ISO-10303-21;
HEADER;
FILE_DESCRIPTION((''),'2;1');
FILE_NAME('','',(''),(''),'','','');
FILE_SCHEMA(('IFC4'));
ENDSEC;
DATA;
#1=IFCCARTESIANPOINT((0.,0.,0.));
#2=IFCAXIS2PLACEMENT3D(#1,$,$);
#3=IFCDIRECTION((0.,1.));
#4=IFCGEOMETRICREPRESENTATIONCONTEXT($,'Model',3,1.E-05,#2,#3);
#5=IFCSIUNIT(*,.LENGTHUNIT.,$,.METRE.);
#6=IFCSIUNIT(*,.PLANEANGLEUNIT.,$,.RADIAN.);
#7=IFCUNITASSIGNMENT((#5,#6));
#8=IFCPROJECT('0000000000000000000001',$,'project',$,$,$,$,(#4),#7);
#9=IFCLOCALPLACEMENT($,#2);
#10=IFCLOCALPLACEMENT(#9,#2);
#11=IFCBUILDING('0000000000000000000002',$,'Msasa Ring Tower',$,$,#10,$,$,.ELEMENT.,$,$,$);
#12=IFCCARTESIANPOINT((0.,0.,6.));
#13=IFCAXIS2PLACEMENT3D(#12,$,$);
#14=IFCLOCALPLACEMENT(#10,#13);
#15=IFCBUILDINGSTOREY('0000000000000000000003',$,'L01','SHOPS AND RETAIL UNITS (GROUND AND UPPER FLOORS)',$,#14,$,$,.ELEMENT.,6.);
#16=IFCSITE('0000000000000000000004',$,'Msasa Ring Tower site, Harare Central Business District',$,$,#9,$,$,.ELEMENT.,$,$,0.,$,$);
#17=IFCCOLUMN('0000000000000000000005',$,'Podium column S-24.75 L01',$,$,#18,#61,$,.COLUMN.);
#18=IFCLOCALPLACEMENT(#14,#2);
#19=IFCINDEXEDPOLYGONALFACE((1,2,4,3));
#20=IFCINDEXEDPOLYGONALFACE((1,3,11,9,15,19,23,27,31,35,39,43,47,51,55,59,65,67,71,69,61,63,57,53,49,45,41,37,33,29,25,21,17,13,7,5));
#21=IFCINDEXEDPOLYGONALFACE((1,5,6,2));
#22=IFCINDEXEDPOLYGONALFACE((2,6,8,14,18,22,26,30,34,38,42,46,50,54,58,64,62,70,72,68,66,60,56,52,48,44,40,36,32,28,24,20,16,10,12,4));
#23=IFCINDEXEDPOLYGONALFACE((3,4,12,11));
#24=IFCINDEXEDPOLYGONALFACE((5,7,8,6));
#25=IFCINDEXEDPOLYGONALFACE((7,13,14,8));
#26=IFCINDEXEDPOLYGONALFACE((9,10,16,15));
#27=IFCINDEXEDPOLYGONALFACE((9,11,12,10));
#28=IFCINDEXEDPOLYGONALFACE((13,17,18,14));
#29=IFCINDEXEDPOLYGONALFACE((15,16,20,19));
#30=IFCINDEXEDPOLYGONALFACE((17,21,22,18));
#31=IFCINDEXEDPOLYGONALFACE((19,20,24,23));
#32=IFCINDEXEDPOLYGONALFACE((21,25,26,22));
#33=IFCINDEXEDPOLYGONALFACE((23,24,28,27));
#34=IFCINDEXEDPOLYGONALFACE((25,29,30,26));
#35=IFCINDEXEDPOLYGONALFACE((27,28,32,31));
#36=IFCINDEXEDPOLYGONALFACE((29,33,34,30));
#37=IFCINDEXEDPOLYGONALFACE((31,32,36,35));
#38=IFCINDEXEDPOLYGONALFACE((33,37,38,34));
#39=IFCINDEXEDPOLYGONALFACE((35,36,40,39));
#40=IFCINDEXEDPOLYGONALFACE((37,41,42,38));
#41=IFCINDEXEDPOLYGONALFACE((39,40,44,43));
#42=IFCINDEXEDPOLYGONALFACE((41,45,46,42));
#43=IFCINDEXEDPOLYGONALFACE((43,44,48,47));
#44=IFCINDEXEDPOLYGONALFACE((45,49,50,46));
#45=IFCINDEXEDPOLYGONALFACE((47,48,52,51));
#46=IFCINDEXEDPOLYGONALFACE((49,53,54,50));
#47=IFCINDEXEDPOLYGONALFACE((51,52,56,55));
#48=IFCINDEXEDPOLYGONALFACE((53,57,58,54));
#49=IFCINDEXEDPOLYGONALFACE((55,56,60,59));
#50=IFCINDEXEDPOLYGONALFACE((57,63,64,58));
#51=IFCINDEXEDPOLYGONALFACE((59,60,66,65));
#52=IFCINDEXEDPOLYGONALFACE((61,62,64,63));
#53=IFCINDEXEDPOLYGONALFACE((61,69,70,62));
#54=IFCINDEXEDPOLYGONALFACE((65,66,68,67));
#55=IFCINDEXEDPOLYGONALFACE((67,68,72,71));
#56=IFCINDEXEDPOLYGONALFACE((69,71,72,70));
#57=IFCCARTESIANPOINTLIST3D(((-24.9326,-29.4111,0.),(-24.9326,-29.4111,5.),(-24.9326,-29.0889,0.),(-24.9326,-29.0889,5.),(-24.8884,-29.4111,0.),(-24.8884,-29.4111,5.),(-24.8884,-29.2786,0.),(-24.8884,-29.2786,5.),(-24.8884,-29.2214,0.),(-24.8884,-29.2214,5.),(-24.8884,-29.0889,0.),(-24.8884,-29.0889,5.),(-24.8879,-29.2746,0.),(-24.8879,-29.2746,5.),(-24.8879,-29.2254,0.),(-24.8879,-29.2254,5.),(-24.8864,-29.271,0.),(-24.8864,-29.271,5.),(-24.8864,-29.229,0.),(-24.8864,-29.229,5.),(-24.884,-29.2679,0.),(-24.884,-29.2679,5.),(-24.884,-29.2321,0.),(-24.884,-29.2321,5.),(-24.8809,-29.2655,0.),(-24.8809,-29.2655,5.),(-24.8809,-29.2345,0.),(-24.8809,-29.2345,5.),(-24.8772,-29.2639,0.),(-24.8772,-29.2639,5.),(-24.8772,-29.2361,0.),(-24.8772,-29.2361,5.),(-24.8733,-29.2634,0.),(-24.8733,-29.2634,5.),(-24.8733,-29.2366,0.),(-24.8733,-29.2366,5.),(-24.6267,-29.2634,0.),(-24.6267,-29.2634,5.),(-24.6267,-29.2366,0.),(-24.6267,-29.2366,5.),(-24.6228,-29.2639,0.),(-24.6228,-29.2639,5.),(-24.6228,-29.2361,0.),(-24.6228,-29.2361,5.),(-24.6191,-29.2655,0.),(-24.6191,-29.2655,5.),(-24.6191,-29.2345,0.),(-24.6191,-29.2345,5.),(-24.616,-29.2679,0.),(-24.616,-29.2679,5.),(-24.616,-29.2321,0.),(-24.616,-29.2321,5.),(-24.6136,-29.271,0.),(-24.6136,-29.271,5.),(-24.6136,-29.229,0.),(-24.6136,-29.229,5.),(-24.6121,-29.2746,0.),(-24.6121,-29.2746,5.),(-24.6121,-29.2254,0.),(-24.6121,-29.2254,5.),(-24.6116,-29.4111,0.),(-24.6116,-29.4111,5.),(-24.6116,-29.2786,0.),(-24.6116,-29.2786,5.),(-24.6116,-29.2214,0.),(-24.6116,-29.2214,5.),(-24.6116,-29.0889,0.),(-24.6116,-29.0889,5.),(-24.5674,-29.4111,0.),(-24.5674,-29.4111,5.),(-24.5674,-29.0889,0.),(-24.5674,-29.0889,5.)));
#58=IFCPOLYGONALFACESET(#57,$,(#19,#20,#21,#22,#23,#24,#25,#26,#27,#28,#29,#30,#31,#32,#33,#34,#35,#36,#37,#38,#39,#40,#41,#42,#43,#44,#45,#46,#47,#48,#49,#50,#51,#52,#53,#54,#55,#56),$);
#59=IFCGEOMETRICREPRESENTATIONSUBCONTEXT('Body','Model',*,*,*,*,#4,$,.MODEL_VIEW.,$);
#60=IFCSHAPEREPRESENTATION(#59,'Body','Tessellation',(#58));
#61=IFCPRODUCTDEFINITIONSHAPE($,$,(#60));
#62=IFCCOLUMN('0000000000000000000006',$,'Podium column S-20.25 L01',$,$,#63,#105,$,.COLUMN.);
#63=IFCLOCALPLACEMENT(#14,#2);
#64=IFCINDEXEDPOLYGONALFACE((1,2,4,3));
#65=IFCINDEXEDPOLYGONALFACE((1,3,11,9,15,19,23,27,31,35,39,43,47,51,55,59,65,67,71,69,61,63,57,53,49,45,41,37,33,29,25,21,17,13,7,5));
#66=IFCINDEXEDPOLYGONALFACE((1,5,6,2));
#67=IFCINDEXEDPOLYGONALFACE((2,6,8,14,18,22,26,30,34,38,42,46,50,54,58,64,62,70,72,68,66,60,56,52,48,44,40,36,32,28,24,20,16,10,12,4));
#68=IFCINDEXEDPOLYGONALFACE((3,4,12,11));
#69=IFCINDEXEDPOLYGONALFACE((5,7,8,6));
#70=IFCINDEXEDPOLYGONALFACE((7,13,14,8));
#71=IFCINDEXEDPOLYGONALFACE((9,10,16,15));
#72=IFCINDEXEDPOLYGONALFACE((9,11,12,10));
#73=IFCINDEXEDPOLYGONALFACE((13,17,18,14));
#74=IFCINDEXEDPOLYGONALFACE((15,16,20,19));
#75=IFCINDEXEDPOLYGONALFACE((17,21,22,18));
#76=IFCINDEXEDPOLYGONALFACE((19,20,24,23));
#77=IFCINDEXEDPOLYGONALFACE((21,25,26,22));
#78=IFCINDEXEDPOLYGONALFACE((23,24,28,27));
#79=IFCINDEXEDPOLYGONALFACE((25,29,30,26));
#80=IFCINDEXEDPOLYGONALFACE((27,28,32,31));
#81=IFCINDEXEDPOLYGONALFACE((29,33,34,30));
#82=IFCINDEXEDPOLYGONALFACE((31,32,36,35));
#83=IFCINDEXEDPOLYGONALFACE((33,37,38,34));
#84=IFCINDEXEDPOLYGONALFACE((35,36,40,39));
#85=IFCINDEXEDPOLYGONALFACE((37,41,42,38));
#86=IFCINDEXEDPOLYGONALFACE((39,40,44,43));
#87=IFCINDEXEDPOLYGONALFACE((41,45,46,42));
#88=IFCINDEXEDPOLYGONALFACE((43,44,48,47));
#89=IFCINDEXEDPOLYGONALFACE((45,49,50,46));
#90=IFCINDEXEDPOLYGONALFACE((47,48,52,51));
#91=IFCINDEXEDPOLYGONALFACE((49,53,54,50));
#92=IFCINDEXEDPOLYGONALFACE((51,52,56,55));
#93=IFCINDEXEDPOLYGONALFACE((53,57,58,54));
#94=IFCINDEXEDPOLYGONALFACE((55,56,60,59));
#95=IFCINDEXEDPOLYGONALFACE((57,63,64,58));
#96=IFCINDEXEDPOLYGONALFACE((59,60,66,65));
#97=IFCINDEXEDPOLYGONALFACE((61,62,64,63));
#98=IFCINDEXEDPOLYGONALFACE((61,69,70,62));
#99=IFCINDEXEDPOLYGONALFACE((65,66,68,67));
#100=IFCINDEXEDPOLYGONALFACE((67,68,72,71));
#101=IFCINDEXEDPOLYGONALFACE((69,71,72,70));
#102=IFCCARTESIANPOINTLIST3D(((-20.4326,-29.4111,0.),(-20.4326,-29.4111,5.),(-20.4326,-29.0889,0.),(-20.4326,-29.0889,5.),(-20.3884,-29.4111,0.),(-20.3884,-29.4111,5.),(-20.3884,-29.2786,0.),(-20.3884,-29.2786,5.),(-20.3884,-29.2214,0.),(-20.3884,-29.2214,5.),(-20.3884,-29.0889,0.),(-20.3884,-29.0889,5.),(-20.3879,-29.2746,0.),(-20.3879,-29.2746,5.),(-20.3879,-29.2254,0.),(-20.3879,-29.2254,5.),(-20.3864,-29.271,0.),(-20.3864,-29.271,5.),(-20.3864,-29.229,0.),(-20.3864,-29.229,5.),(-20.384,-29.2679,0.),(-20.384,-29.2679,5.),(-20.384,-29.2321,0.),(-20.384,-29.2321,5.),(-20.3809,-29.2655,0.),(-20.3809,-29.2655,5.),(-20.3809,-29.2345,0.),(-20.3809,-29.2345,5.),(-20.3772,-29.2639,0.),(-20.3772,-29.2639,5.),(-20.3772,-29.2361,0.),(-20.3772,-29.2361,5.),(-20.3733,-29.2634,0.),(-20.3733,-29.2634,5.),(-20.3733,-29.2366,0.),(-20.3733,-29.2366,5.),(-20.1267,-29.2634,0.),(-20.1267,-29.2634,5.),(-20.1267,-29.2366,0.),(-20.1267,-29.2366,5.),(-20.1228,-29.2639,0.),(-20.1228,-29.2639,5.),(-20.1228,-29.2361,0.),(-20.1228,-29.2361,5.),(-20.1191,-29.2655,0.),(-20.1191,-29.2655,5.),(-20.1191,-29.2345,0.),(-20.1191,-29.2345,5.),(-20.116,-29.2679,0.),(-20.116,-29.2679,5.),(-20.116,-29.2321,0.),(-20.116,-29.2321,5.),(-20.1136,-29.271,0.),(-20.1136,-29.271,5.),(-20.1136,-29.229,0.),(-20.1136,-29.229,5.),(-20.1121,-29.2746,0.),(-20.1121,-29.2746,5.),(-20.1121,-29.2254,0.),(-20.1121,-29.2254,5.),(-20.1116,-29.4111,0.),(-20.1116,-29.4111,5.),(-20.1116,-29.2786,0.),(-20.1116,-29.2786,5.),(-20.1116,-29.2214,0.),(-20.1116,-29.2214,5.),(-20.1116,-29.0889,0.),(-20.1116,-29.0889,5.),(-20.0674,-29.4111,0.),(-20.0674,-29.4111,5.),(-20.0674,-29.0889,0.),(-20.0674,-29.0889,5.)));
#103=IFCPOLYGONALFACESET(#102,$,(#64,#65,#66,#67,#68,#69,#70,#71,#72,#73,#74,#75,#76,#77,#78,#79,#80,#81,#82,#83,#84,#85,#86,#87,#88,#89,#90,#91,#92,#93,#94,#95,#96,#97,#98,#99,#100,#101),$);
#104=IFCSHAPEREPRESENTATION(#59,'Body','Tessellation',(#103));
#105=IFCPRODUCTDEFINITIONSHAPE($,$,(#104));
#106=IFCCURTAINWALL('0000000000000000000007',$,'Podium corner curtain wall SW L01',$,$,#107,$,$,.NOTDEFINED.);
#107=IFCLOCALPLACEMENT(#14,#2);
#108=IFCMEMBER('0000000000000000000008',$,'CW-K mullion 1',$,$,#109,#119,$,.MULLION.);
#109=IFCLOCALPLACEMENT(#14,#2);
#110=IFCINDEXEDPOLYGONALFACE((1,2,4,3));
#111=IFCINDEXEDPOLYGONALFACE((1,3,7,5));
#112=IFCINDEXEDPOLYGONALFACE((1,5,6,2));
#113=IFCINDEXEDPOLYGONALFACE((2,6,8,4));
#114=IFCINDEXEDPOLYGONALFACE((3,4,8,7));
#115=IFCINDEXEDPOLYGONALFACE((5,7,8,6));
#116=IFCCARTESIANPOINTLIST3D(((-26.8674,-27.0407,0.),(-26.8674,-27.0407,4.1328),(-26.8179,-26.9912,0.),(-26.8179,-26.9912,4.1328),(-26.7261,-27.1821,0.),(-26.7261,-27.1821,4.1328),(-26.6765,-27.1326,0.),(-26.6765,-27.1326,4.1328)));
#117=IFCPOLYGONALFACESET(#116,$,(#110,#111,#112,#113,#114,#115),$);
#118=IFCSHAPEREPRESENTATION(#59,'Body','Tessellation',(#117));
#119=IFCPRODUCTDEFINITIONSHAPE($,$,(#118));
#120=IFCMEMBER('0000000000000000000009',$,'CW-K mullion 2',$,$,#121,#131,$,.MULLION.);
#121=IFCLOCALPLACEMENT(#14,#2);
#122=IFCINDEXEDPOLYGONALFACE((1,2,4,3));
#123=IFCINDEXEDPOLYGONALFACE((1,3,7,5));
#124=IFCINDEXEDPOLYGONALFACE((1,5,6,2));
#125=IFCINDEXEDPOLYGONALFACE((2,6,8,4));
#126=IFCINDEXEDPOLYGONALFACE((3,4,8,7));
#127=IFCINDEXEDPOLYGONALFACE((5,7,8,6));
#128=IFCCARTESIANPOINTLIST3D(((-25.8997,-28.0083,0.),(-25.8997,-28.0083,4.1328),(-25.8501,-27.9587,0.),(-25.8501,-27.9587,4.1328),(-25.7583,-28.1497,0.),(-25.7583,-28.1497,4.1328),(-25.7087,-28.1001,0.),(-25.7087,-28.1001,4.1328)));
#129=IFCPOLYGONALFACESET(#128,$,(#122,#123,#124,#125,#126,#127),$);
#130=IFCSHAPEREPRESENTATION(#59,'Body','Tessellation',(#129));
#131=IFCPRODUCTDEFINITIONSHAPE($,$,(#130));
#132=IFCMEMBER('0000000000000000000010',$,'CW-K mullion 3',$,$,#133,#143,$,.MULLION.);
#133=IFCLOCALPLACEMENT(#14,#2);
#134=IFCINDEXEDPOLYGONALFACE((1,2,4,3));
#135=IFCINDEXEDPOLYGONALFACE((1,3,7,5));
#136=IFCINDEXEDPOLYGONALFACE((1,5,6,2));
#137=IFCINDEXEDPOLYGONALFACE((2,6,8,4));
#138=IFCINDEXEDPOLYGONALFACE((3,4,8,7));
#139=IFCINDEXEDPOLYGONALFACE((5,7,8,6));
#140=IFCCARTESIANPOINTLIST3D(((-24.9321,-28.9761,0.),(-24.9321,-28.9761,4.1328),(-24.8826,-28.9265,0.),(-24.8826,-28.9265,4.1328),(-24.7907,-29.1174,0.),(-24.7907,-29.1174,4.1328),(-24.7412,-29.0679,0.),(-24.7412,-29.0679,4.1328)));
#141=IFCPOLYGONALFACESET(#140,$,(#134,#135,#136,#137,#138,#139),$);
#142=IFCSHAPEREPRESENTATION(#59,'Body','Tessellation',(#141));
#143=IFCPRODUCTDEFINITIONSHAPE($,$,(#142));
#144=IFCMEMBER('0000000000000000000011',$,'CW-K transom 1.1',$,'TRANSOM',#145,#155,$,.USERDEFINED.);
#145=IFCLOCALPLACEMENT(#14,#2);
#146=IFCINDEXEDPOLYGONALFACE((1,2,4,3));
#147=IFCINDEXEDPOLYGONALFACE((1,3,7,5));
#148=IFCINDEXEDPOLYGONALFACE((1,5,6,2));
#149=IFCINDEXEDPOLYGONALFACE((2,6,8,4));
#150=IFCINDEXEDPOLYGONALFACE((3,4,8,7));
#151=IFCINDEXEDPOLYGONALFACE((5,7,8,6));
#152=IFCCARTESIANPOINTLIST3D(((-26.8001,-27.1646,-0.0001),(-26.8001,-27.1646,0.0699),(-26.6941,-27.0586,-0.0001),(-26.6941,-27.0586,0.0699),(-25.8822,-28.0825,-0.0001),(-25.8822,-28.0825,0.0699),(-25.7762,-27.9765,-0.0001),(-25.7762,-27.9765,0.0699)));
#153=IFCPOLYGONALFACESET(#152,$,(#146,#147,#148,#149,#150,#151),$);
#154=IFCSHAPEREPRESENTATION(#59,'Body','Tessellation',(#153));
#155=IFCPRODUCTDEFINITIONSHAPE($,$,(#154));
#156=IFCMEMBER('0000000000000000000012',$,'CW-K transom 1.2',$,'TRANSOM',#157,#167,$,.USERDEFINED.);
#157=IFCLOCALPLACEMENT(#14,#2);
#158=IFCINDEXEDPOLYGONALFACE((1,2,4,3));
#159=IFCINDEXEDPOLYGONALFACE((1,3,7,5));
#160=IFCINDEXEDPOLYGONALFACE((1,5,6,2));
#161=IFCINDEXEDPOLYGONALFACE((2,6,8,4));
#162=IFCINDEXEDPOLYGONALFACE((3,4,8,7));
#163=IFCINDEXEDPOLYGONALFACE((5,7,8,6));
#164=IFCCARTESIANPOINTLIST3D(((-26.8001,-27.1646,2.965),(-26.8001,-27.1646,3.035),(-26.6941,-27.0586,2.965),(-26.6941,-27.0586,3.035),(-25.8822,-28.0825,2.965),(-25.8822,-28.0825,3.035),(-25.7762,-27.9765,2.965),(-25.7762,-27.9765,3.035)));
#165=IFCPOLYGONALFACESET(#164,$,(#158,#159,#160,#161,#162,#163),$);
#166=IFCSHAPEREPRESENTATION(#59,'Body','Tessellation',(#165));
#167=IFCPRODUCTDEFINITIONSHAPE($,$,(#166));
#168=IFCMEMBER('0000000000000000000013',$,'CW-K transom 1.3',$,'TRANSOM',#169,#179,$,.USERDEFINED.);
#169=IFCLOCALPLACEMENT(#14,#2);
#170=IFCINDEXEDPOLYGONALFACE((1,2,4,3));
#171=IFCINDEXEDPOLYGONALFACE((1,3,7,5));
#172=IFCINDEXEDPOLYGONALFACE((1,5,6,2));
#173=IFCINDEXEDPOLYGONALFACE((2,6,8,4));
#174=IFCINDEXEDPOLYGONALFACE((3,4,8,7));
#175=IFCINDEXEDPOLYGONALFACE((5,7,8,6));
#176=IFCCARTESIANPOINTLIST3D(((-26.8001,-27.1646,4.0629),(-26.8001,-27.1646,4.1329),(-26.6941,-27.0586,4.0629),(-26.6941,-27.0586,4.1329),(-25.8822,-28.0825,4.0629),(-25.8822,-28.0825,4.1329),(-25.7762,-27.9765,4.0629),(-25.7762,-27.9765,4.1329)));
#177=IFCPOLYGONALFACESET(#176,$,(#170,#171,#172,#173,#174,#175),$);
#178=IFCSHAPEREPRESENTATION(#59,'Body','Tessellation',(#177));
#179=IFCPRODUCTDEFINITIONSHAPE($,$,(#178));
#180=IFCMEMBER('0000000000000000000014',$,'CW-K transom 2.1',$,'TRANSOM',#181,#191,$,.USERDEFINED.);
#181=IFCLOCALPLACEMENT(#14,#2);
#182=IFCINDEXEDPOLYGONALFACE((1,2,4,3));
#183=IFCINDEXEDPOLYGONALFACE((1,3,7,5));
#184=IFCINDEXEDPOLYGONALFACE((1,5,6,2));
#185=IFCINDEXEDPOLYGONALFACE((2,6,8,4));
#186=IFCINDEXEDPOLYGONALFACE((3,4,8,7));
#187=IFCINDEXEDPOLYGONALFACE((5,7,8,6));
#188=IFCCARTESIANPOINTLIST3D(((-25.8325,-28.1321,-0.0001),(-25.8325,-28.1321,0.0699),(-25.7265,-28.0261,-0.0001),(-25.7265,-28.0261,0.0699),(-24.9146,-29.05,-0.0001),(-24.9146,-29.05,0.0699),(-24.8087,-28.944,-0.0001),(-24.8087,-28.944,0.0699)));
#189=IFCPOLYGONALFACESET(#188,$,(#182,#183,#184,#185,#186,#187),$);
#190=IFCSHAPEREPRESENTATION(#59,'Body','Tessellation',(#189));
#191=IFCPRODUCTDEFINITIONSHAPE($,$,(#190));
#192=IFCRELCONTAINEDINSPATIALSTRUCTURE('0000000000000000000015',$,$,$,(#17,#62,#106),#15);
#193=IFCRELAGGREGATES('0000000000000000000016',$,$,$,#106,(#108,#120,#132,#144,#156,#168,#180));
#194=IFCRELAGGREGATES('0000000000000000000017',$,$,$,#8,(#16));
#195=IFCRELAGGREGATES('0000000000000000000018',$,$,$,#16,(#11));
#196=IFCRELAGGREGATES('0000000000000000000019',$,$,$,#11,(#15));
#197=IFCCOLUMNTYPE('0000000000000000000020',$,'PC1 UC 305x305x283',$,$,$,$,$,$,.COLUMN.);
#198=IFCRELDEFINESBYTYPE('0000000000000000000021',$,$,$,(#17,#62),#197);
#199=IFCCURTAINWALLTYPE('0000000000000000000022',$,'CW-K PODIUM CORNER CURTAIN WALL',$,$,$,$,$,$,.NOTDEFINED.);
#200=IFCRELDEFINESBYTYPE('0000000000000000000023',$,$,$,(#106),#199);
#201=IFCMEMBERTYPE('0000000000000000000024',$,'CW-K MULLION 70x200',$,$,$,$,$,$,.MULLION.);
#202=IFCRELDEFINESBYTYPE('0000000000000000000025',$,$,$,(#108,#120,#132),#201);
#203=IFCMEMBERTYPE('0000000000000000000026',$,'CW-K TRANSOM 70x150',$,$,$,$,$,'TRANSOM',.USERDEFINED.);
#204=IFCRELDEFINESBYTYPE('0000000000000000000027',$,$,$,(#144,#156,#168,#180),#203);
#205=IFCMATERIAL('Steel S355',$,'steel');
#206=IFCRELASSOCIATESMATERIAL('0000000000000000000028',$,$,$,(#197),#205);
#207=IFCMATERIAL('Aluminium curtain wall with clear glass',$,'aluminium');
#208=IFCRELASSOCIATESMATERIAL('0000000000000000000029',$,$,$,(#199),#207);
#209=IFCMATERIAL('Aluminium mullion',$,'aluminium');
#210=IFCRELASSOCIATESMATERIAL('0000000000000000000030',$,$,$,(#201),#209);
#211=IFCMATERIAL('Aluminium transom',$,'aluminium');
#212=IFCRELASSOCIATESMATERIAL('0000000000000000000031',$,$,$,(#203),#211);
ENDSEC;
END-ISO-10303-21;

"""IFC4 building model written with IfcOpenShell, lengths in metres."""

from ifc_helpers import new_model, si_unit, direction, frame, origin, origin_2d, place, context, subcontext, project, spatial, rectangle, i_section, extrude, material, material_profile, profile_set, type_object, element, aggregate, save


model = new_model("IFC4")

# Units and contexts
model_context = context("Model", 3, precision=1e-05, world=origin(), true_north=direction((0.0, 1.0)))
body_context = subcontext(model_context, "Body", "Model", "MODEL_VIEW")
ifc_project = project(units=[si_unit("LENGTHUNIT", "METRE"), si_unit("PLANEANGLEUNIT", "RADIAN")], contexts=[model_context])

# Site, building, storey
site_placement = place(None, origin())
site = spatial("IfcSite", under=ifc_project, at=site_placement, Name="Msasa Ring Tower site, Harare Central Business District", CompositionType="ELEMENT", RefElevation=0.0)
building_placement = place(site_placement, origin())
building = spatial("IfcBuilding", under=site, at=building_placement, Name="Msasa Ring Tower", CompositionType="ELEMENT")
storey_placement = place(building_placement, frame((0.0, 0.0, 6.0)))
storey = spatial("IfcBuildingStorey", under=building, at=storey_placement, Name="L01", Description="SHOPS AND RETAIL UNITS (GROUND AND UPPER FLOORS)", CompositionType="ELEMENT", Elevation=6.0)

# Columns
ifc_material_1 = material(Name="Steel S355", Category="steel")
ifc_material_profile_1 = material_profile(ifc_material_1, i_section(OverallWidth=0.3223, OverallDepth=0.3652, WebThickness=0.0269, FlangeThickness=0.0442, FilletRadius=0.0151, at=origin_2d()), Name="UC 305x305x283")
ifc_profile_set_1 = profile_set([ifc_material_profile_1], Name="Steel S355")
column_type = type_object("IfcColumnType", Name="PC1 UC 305x305x283", PredefinedType="COLUMN", material=ifc_profile_set_1)
for number, where, z_axis, x_axis, name in (
    (1, (-24.75, -29.25, 0.0), (0.0, 0.0, 1.0), (0.0, 1.0, 0.0), "Podium column S-24.75 L01"),
    (2, (-20.25, -29.25, 0.0), (0.0, 0.0, 1.0), (0.0, 1.0, 0.0), "Podium column S-20.25 L01"),
):
    element("IfcColumn", number, at=place(storey_placement, frame(where, z_axis=z_axis, x_axis=x_axis)), inside=storey, type_object=column_type, Name=name, PredefinedType="COLUMN", context=body_context, shape_type="SweptSolid", body=[
        extrude(i_section(OverallWidth=0.3223, OverallDepth=0.3652, WebThickness=0.0269, FlangeThickness=0.0442, FilletRadius=0.0151, at=origin_2d()), origin(), (0.0, 0.0, 1.0), 5.0),
    ])

# Curtain wall, members
ifc_material_2 = material(Name="Aluminium curtain wall with clear glass", Category="aluminium")
curtain_wall_type = type_object("IfcCurtainWallType", Name="CW-K PODIUM CORNER CURTAIN WALL", PredefinedType="NOTDEFINED", material=ifc_material_2)
curtain_wall_placement = place(storey_placement, origin())
curtain_wall = element("IfcCurtainWall", 3, at=curtain_wall_placement, inside=storey, type_object=curtain_wall_type, Name="Podium corner curtain wall SW L01", PredefinedType="NOTDEFINED")
ifc_material_3 = material(Name="Aluminium mullion", Category="aluminium")
ifc_material_profile_2 = material_profile(ifc_material_3, rectangle(XDim=0.0701, YDim=0.2, at=origin_2d()), Name="AL 70x200")
ifc_profile_set_2 = profile_set([ifc_material_profile_2], Name="Aluminium mullion")
member_type_1 = type_object("IfcMemberType", Name="CW-K MULLION 70x200", PredefinedType="MULLION", material=ifc_profile_set_2)
member_1_placement = place(storey_placement, frame((-26.772, -27.0867, 0.0), z_axis=(0.0, 0.0, 1.0), x_axis=(0.707107, 0.707107, 0.0)))
member_1 = element("IfcMember", 4, at=member_1_placement, type_object=member_type_1, Name="CW-K mullion 1", PredefinedType="MULLION", context=body_context, shape_type="SweptSolid", body=[
    extrude(rectangle(XDim=0.0701, YDim=0.2, at=origin_2d()), origin(), (0.0, 0.0, 1.0), 4.1328),
])
member_2_placement = place(storey_placement, frame((-25.8042, -28.0542, 0.0), z_axis=(0.0, 0.0, 1.0), x_axis=(0.707107, 0.707107, 0.0)))
member_2 = element("IfcMember", 5, at=member_2_placement, type_object=member_type_1, Name="CW-K mullion 2", PredefinedType="MULLION", context=body_context, shape_type="SweptSolid", body=[
    extrude(rectangle(XDim=0.0701, YDim=0.2, at=origin_2d()), origin(), (0.0, 0.0, 1.0), 4.1328),
])
member_3_placement = place(storey_placement, frame((-24.8367, -29.022, 0.0), z_axis=(0.0, 0.0, 1.0), x_axis=(0.707107, 0.707107, 0.0)))
member_3 = element("IfcMember", 6, at=member_3_placement, type_object=member_type_1, Name="CW-K mullion 3", PredefinedType="MULLION", context=body_context, shape_type="SweptSolid", body=[
    extrude(rectangle(XDim=0.0701, YDim=0.2, at=origin_2d()), origin(), (0.0, 0.0, 1.0), 4.1328),
])
ifc_material_4 = material(Name="Aluminium transom", Category="aluminium")
ifc_material_profile_3 = material_profile(ifc_material_4, rectangle(XDim=0.1499, YDim=0.0701, at=origin_2d()), Name="AL 70x150")
ifc_profile_set_3 = profile_set([ifc_material_profile_3], Name="Aluminium transom")
member_type_2 = type_object("IfcMemberType", Name="CW-K TRANSOM 70x150", ElementType="TRANSOM", PredefinedType="USERDEFINED", material=ifc_profile_set_3)
member_4_placement = place(storey_placement, frame((-26.7471, -27.1116, 0.0349), z_axis=(0.707107, -0.707107, 0.0), x_axis=(0.707107, 0.707107, 0.0)))
member_4 = element("IfcMember", 7, at=member_4_placement, type_object=member_type_2, Name="CW-K transom 1.1", ObjectType="TRANSOM", PredefinedType="USERDEFINED", context=body_context, shape_type="SweptSolid", body=[
    extrude(rectangle(XDim=0.1499, YDim=0.0701, at=origin_2d()), origin(), (0.0, 0.0, 1.0), 1.2981),
])
member_5_placement = place(storey_placement, frame((-26.7471, -27.1116, 3.0), z_axis=(0.707107, -0.707107, 0.0), x_axis=(0.707107, 0.707107, 0.0)))
member_5 = element("IfcMember", 8, at=member_5_placement, type_object=member_type_2, Name="CW-K transom 1.2", ObjectType="TRANSOM", PredefinedType="USERDEFINED", context=body_context, shape_type="SweptSolid", body=[
    extrude(rectangle(XDim=0.1499, YDim=0.0701, at=origin_2d()), origin(), (0.0, 0.0, 1.0), 1.2981),
])
member_6_placement = place(storey_placement, frame((-26.7471, -27.1116, 4.0979), z_axis=(0.707107, -0.707107, 0.0), x_axis=(0.707107, 0.707107, 0.0)))
member_6 = element("IfcMember", 9, at=member_6_placement, type_object=member_type_2, Name="CW-K transom 1.3", ObjectType="TRANSOM", PredefinedType="USERDEFINED", context=body_context, shape_type="SweptSolid", body=[
    extrude(rectangle(XDim=0.1499, YDim=0.0701, at=origin_2d()), origin(), (0.0, 0.0, 1.0), 1.2981),
])
member_7_placement = place(storey_placement, frame((-25.7795, -28.0791, 0.0349), z_axis=(0.707107, -0.707107, 0.0), x_axis=(0.707107, 0.707107, 0.0)))
member_7 = element("IfcMember", 10, at=member_7_placement, type_object=member_type_2, Name="CW-K transom 2.1", ObjectType="TRANSOM", PredefinedType="USERDEFINED", context=body_context, shape_type="SweptSolid", body=[
    extrude(rectangle(XDim=0.1499, YDim=0.0701, at=origin_2d()), origin(), (0.0, 0.0, 1.0), 1.2981),
])

aggregate(curtain_wall, [member_1, member_2, member_3, member_4, member_5, member_6, member_7])

save(model, "model.ifc")
